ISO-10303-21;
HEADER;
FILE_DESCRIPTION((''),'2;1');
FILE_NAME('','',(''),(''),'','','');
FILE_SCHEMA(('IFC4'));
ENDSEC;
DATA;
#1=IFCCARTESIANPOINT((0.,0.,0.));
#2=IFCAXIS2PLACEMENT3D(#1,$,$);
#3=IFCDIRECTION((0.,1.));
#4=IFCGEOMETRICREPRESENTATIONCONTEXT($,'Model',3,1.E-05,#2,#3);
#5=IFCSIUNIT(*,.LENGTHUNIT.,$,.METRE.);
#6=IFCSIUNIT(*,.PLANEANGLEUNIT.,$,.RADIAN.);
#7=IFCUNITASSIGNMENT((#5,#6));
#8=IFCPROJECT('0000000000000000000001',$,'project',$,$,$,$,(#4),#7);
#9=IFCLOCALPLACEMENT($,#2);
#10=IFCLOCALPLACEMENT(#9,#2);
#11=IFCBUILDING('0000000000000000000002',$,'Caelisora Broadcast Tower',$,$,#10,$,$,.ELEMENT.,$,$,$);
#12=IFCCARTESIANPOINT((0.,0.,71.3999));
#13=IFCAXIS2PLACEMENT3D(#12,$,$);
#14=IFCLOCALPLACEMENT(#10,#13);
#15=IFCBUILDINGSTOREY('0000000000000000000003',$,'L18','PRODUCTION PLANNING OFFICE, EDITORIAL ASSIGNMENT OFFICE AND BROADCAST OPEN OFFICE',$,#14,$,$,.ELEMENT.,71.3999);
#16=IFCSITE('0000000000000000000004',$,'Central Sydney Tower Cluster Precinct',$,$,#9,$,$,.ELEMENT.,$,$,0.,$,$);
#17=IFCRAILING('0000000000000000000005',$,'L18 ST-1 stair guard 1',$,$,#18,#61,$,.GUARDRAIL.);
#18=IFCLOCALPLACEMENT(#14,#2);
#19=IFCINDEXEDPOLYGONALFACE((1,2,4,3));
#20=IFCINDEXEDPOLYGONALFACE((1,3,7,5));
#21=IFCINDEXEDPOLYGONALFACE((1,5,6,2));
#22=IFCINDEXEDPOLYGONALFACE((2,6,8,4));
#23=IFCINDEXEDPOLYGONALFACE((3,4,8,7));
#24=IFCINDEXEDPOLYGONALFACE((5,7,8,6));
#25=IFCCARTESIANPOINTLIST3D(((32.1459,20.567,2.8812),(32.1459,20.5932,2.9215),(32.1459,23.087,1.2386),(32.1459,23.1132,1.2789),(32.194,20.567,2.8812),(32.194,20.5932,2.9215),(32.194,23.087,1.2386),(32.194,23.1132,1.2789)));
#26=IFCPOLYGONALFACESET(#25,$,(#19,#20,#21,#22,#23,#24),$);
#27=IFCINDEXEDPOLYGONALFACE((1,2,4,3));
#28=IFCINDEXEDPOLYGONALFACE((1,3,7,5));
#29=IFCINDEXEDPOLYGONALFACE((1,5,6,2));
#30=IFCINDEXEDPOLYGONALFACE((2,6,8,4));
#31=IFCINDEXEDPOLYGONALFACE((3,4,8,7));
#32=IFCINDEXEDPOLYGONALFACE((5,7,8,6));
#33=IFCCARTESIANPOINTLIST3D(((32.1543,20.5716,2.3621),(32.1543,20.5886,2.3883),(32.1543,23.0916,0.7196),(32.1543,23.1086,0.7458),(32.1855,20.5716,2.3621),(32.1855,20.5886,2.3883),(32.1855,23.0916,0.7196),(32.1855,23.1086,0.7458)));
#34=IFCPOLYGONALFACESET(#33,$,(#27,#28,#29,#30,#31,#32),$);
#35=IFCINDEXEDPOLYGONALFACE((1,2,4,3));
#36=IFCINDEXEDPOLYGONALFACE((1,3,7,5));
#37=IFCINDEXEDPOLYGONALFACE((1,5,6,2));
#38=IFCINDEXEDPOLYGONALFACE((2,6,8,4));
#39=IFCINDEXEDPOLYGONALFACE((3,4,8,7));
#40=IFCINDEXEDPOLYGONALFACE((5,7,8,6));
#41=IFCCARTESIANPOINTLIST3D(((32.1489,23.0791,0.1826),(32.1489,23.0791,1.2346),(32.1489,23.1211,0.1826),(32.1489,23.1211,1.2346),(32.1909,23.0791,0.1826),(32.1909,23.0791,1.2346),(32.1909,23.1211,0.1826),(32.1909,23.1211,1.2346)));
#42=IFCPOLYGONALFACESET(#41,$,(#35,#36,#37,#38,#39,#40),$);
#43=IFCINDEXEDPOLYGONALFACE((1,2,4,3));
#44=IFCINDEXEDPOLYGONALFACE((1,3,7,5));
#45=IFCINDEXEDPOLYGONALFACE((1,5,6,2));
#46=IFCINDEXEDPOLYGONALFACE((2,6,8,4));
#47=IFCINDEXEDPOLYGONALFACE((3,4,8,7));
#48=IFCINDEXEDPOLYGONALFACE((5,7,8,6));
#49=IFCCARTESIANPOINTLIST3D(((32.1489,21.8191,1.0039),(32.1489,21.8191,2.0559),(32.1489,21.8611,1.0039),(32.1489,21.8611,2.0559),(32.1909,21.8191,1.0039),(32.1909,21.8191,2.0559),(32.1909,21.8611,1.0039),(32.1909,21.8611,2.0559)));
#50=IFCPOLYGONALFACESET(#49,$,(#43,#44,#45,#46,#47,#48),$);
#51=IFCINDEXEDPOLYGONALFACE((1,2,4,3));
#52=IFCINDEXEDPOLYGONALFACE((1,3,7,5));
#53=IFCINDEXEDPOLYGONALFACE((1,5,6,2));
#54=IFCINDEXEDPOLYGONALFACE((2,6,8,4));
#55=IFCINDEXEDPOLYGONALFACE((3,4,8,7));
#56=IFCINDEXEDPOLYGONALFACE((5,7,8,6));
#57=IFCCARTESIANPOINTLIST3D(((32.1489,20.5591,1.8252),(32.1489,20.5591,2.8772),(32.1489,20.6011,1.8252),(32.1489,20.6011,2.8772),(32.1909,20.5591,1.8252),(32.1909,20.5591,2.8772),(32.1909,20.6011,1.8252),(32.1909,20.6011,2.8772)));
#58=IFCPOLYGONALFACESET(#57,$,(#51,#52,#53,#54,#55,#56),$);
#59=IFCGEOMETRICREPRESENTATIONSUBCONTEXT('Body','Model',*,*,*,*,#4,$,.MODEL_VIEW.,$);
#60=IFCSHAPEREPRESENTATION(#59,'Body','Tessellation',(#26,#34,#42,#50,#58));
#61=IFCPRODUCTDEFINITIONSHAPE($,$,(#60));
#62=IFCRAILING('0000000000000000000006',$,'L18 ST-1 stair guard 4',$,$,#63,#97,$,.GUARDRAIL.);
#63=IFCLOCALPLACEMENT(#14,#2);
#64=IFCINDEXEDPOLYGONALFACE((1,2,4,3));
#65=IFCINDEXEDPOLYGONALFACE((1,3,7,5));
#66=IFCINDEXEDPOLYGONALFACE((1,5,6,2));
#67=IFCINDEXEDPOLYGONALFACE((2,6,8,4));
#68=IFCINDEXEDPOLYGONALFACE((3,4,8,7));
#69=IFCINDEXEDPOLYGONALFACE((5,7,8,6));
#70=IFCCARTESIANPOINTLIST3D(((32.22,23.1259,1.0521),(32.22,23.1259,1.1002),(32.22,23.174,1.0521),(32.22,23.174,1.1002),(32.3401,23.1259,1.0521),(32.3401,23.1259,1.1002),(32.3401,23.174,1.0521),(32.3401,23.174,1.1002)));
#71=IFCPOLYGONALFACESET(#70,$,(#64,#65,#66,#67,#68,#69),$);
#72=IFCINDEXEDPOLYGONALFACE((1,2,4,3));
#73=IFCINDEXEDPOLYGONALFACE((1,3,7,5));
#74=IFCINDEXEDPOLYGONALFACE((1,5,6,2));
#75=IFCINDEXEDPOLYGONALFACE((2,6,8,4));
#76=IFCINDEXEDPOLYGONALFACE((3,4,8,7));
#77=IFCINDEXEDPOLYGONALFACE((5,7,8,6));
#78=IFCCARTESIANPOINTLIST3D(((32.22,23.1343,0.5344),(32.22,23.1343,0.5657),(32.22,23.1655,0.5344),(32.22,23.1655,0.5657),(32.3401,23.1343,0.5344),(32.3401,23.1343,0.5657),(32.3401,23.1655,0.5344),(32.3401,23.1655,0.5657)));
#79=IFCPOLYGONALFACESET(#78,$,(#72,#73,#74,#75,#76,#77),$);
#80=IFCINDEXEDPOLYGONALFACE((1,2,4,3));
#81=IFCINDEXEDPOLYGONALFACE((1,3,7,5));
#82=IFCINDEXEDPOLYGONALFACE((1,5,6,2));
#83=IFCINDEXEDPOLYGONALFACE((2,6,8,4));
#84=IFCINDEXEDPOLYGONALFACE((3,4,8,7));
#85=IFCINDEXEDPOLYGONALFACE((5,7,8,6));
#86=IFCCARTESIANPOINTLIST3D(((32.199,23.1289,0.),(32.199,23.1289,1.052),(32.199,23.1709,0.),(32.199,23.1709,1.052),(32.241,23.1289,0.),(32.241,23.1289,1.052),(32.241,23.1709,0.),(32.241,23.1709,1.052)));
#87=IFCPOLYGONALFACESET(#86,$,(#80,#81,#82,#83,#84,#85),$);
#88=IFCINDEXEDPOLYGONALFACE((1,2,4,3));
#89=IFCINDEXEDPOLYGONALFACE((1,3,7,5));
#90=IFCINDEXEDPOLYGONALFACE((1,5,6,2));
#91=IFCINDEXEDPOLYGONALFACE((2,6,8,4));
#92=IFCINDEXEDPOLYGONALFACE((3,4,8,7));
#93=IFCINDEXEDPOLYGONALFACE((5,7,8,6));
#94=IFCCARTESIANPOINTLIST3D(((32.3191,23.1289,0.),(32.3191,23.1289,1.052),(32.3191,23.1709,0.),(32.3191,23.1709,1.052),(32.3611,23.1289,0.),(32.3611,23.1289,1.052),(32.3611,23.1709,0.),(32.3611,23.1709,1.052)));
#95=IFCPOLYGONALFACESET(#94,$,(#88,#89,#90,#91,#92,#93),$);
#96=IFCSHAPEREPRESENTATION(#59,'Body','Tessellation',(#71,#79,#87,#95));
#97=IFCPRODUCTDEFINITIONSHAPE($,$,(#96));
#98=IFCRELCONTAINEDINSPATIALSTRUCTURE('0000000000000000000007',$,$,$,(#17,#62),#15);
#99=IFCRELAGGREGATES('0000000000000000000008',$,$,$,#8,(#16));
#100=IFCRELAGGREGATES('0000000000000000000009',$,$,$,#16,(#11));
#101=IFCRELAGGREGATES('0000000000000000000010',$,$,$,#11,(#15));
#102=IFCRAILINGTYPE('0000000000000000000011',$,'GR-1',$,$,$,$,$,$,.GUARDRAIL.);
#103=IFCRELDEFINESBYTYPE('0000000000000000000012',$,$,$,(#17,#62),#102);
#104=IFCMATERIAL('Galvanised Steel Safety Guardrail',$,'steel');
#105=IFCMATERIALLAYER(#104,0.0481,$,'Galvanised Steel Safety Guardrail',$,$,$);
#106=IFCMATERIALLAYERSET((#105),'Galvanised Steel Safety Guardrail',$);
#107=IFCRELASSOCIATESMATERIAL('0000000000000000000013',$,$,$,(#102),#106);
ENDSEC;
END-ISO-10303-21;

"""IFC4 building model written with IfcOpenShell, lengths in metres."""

from ifc_helpers import new_model, si_unit, direction, frame, origin, origin_2d, place, context, subcontext, project, spatial, rectangle, extrude, material, layer, layer_set, type_object, element, save


model = new_model("IFC4")

# Units and contexts
model_context = context("Model", 3, precision=1e-05, world=origin(), true_north=direction((0.0, 1.0)))
body_context = subcontext(model_context, "Body", "Model", "MODEL_VIEW")
ifc_project = project(units=[si_unit("LENGTHUNIT", "METRE"), si_unit("PLANEANGLEUNIT", "RADIAN")], contexts=[model_context])

# Site, building, storey
site_placement = place(None, origin())
site = spatial("IfcSite", under=ifc_project, at=site_placement, Name="Central Sydney Tower Cluster Precinct", CompositionType="ELEMENT", RefElevation=0.0)
building_placement = place(site_placement, origin())
building = spatial("IfcBuilding", under=site, at=building_placement, Name="Caelisora Broadcast Tower", CompositionType="ELEMENT")
storey_placement = place(building_placement, frame((0.0, 0.0, 71.3999)))
storey = spatial("IfcBuildingStorey", under=building, at=storey_placement, Name="L18", Description="PRODUCTION PLANNING OFFICE, EDITORIAL ASSIGNMENT OFFICE AND BROADCAST OPEN OFFICE", CompositionType="ELEMENT", Elevation=71.3999)

# Railings
ifc_material_1 = material(Name="Galvanised Steel Safety Guardrail", Category="steel")
ifc_layer_1 = layer(ifc_material_1, 0.0481, Name="Galvanised Steel Safety Guardrail")
ifc_layer_set_1 = layer_set([ifc_layer_1], Name="Galvanised Steel Safety Guardrail")
railing_type = type_object("IfcRailingType", Name="GR-1", PredefinedType="GUARDRAIL", material=ifc_layer_set_1)
railing_1_placement = place(storey_placement, frame((32.1699, 23.1001, 0.1826)))
element("IfcRailing", 1, at=railing_1_placement, inside=storey, type_object=railing_type, Name="L18 ST-1 stair guard 1", PredefinedType="GUARDRAIL", context=body_context, shape_type="SweptSolid", body=[
    extrude(rectangle(XDim=0.0481, YDim=0.0481, at=origin_2d()), frame((0.0, 0.0, 1.0762), z_axis=(0.0, -0.837749, 0.546055), x_axis=(1.0, 0.0, 0.0)), (0.0, 0.0, 1.0), 3.0081),
    extrude(rectangle(XDim=0.0312, YDim=0.0312, at=origin_2d()), frame((0.0, 0.0, 0.55), z_axis=(0.0, -0.837749, 0.546055), x_axis=(1.0, 0.0, 0.0)), (0.0, 0.0, 1.0), 3.0081),
    extrude(rectangle(XDim=0.042, YDim=0.042, at=origin_2d()), origin(), (0.0, 0.0, 1.0), 1.052),
    extrude(rectangle(XDim=0.042, YDim=0.042, at=origin_2d()), frame((0.0, -1.26, 0.8213)), (0.0, 0.0, 1.0), 1.052),
    extrude(rectangle(XDim=0.042, YDim=0.042, at=origin_2d()), frame((0.0, -2.52, 1.6426)), (0.0, 0.0, 1.0), 1.052),
])
railing_2_placement = place(storey_placement, frame((32.22, 23.1499, 0.0)))
element("IfcRailing", 2, at=railing_2_placement, inside=storey, type_object=railing_type, Name="L18 ST-1 stair guard 4", PredefinedType="GUARDRAIL", context=body_context, shape_type="SweptSolid", body=[
    extrude(rectangle(XDim=0.0481, YDim=0.0481, at=origin_2d()), frame((0.0, 0.0, 1.0762), z_axis=(1.0, 0.0, 0.0), x_axis=(0.0, 1.0, 0.0)), (0.0, 0.0, 1.0), 0.1201),
    extrude(rectangle(XDim=0.0312, YDim=0.0312, at=origin_2d()), frame((0.0, 0.0, 0.55), z_axis=(1.0, 0.0, 0.0), x_axis=(0.0, 1.0, 0.0)), (0.0, 0.0, 1.0), 0.1201),
    extrude(rectangle(XDim=0.042, YDim=0.042, at=origin_2d()), origin(), (0.0, 0.0, 1.0), 1.052),
    extrude(rectangle(XDim=0.042, YDim=0.042, at=origin_2d()), frame((0.1201, 0.0, 0.0)), (0.0, 0.0, 1.0), 1.052),
])

save(model, "model.ifc")
